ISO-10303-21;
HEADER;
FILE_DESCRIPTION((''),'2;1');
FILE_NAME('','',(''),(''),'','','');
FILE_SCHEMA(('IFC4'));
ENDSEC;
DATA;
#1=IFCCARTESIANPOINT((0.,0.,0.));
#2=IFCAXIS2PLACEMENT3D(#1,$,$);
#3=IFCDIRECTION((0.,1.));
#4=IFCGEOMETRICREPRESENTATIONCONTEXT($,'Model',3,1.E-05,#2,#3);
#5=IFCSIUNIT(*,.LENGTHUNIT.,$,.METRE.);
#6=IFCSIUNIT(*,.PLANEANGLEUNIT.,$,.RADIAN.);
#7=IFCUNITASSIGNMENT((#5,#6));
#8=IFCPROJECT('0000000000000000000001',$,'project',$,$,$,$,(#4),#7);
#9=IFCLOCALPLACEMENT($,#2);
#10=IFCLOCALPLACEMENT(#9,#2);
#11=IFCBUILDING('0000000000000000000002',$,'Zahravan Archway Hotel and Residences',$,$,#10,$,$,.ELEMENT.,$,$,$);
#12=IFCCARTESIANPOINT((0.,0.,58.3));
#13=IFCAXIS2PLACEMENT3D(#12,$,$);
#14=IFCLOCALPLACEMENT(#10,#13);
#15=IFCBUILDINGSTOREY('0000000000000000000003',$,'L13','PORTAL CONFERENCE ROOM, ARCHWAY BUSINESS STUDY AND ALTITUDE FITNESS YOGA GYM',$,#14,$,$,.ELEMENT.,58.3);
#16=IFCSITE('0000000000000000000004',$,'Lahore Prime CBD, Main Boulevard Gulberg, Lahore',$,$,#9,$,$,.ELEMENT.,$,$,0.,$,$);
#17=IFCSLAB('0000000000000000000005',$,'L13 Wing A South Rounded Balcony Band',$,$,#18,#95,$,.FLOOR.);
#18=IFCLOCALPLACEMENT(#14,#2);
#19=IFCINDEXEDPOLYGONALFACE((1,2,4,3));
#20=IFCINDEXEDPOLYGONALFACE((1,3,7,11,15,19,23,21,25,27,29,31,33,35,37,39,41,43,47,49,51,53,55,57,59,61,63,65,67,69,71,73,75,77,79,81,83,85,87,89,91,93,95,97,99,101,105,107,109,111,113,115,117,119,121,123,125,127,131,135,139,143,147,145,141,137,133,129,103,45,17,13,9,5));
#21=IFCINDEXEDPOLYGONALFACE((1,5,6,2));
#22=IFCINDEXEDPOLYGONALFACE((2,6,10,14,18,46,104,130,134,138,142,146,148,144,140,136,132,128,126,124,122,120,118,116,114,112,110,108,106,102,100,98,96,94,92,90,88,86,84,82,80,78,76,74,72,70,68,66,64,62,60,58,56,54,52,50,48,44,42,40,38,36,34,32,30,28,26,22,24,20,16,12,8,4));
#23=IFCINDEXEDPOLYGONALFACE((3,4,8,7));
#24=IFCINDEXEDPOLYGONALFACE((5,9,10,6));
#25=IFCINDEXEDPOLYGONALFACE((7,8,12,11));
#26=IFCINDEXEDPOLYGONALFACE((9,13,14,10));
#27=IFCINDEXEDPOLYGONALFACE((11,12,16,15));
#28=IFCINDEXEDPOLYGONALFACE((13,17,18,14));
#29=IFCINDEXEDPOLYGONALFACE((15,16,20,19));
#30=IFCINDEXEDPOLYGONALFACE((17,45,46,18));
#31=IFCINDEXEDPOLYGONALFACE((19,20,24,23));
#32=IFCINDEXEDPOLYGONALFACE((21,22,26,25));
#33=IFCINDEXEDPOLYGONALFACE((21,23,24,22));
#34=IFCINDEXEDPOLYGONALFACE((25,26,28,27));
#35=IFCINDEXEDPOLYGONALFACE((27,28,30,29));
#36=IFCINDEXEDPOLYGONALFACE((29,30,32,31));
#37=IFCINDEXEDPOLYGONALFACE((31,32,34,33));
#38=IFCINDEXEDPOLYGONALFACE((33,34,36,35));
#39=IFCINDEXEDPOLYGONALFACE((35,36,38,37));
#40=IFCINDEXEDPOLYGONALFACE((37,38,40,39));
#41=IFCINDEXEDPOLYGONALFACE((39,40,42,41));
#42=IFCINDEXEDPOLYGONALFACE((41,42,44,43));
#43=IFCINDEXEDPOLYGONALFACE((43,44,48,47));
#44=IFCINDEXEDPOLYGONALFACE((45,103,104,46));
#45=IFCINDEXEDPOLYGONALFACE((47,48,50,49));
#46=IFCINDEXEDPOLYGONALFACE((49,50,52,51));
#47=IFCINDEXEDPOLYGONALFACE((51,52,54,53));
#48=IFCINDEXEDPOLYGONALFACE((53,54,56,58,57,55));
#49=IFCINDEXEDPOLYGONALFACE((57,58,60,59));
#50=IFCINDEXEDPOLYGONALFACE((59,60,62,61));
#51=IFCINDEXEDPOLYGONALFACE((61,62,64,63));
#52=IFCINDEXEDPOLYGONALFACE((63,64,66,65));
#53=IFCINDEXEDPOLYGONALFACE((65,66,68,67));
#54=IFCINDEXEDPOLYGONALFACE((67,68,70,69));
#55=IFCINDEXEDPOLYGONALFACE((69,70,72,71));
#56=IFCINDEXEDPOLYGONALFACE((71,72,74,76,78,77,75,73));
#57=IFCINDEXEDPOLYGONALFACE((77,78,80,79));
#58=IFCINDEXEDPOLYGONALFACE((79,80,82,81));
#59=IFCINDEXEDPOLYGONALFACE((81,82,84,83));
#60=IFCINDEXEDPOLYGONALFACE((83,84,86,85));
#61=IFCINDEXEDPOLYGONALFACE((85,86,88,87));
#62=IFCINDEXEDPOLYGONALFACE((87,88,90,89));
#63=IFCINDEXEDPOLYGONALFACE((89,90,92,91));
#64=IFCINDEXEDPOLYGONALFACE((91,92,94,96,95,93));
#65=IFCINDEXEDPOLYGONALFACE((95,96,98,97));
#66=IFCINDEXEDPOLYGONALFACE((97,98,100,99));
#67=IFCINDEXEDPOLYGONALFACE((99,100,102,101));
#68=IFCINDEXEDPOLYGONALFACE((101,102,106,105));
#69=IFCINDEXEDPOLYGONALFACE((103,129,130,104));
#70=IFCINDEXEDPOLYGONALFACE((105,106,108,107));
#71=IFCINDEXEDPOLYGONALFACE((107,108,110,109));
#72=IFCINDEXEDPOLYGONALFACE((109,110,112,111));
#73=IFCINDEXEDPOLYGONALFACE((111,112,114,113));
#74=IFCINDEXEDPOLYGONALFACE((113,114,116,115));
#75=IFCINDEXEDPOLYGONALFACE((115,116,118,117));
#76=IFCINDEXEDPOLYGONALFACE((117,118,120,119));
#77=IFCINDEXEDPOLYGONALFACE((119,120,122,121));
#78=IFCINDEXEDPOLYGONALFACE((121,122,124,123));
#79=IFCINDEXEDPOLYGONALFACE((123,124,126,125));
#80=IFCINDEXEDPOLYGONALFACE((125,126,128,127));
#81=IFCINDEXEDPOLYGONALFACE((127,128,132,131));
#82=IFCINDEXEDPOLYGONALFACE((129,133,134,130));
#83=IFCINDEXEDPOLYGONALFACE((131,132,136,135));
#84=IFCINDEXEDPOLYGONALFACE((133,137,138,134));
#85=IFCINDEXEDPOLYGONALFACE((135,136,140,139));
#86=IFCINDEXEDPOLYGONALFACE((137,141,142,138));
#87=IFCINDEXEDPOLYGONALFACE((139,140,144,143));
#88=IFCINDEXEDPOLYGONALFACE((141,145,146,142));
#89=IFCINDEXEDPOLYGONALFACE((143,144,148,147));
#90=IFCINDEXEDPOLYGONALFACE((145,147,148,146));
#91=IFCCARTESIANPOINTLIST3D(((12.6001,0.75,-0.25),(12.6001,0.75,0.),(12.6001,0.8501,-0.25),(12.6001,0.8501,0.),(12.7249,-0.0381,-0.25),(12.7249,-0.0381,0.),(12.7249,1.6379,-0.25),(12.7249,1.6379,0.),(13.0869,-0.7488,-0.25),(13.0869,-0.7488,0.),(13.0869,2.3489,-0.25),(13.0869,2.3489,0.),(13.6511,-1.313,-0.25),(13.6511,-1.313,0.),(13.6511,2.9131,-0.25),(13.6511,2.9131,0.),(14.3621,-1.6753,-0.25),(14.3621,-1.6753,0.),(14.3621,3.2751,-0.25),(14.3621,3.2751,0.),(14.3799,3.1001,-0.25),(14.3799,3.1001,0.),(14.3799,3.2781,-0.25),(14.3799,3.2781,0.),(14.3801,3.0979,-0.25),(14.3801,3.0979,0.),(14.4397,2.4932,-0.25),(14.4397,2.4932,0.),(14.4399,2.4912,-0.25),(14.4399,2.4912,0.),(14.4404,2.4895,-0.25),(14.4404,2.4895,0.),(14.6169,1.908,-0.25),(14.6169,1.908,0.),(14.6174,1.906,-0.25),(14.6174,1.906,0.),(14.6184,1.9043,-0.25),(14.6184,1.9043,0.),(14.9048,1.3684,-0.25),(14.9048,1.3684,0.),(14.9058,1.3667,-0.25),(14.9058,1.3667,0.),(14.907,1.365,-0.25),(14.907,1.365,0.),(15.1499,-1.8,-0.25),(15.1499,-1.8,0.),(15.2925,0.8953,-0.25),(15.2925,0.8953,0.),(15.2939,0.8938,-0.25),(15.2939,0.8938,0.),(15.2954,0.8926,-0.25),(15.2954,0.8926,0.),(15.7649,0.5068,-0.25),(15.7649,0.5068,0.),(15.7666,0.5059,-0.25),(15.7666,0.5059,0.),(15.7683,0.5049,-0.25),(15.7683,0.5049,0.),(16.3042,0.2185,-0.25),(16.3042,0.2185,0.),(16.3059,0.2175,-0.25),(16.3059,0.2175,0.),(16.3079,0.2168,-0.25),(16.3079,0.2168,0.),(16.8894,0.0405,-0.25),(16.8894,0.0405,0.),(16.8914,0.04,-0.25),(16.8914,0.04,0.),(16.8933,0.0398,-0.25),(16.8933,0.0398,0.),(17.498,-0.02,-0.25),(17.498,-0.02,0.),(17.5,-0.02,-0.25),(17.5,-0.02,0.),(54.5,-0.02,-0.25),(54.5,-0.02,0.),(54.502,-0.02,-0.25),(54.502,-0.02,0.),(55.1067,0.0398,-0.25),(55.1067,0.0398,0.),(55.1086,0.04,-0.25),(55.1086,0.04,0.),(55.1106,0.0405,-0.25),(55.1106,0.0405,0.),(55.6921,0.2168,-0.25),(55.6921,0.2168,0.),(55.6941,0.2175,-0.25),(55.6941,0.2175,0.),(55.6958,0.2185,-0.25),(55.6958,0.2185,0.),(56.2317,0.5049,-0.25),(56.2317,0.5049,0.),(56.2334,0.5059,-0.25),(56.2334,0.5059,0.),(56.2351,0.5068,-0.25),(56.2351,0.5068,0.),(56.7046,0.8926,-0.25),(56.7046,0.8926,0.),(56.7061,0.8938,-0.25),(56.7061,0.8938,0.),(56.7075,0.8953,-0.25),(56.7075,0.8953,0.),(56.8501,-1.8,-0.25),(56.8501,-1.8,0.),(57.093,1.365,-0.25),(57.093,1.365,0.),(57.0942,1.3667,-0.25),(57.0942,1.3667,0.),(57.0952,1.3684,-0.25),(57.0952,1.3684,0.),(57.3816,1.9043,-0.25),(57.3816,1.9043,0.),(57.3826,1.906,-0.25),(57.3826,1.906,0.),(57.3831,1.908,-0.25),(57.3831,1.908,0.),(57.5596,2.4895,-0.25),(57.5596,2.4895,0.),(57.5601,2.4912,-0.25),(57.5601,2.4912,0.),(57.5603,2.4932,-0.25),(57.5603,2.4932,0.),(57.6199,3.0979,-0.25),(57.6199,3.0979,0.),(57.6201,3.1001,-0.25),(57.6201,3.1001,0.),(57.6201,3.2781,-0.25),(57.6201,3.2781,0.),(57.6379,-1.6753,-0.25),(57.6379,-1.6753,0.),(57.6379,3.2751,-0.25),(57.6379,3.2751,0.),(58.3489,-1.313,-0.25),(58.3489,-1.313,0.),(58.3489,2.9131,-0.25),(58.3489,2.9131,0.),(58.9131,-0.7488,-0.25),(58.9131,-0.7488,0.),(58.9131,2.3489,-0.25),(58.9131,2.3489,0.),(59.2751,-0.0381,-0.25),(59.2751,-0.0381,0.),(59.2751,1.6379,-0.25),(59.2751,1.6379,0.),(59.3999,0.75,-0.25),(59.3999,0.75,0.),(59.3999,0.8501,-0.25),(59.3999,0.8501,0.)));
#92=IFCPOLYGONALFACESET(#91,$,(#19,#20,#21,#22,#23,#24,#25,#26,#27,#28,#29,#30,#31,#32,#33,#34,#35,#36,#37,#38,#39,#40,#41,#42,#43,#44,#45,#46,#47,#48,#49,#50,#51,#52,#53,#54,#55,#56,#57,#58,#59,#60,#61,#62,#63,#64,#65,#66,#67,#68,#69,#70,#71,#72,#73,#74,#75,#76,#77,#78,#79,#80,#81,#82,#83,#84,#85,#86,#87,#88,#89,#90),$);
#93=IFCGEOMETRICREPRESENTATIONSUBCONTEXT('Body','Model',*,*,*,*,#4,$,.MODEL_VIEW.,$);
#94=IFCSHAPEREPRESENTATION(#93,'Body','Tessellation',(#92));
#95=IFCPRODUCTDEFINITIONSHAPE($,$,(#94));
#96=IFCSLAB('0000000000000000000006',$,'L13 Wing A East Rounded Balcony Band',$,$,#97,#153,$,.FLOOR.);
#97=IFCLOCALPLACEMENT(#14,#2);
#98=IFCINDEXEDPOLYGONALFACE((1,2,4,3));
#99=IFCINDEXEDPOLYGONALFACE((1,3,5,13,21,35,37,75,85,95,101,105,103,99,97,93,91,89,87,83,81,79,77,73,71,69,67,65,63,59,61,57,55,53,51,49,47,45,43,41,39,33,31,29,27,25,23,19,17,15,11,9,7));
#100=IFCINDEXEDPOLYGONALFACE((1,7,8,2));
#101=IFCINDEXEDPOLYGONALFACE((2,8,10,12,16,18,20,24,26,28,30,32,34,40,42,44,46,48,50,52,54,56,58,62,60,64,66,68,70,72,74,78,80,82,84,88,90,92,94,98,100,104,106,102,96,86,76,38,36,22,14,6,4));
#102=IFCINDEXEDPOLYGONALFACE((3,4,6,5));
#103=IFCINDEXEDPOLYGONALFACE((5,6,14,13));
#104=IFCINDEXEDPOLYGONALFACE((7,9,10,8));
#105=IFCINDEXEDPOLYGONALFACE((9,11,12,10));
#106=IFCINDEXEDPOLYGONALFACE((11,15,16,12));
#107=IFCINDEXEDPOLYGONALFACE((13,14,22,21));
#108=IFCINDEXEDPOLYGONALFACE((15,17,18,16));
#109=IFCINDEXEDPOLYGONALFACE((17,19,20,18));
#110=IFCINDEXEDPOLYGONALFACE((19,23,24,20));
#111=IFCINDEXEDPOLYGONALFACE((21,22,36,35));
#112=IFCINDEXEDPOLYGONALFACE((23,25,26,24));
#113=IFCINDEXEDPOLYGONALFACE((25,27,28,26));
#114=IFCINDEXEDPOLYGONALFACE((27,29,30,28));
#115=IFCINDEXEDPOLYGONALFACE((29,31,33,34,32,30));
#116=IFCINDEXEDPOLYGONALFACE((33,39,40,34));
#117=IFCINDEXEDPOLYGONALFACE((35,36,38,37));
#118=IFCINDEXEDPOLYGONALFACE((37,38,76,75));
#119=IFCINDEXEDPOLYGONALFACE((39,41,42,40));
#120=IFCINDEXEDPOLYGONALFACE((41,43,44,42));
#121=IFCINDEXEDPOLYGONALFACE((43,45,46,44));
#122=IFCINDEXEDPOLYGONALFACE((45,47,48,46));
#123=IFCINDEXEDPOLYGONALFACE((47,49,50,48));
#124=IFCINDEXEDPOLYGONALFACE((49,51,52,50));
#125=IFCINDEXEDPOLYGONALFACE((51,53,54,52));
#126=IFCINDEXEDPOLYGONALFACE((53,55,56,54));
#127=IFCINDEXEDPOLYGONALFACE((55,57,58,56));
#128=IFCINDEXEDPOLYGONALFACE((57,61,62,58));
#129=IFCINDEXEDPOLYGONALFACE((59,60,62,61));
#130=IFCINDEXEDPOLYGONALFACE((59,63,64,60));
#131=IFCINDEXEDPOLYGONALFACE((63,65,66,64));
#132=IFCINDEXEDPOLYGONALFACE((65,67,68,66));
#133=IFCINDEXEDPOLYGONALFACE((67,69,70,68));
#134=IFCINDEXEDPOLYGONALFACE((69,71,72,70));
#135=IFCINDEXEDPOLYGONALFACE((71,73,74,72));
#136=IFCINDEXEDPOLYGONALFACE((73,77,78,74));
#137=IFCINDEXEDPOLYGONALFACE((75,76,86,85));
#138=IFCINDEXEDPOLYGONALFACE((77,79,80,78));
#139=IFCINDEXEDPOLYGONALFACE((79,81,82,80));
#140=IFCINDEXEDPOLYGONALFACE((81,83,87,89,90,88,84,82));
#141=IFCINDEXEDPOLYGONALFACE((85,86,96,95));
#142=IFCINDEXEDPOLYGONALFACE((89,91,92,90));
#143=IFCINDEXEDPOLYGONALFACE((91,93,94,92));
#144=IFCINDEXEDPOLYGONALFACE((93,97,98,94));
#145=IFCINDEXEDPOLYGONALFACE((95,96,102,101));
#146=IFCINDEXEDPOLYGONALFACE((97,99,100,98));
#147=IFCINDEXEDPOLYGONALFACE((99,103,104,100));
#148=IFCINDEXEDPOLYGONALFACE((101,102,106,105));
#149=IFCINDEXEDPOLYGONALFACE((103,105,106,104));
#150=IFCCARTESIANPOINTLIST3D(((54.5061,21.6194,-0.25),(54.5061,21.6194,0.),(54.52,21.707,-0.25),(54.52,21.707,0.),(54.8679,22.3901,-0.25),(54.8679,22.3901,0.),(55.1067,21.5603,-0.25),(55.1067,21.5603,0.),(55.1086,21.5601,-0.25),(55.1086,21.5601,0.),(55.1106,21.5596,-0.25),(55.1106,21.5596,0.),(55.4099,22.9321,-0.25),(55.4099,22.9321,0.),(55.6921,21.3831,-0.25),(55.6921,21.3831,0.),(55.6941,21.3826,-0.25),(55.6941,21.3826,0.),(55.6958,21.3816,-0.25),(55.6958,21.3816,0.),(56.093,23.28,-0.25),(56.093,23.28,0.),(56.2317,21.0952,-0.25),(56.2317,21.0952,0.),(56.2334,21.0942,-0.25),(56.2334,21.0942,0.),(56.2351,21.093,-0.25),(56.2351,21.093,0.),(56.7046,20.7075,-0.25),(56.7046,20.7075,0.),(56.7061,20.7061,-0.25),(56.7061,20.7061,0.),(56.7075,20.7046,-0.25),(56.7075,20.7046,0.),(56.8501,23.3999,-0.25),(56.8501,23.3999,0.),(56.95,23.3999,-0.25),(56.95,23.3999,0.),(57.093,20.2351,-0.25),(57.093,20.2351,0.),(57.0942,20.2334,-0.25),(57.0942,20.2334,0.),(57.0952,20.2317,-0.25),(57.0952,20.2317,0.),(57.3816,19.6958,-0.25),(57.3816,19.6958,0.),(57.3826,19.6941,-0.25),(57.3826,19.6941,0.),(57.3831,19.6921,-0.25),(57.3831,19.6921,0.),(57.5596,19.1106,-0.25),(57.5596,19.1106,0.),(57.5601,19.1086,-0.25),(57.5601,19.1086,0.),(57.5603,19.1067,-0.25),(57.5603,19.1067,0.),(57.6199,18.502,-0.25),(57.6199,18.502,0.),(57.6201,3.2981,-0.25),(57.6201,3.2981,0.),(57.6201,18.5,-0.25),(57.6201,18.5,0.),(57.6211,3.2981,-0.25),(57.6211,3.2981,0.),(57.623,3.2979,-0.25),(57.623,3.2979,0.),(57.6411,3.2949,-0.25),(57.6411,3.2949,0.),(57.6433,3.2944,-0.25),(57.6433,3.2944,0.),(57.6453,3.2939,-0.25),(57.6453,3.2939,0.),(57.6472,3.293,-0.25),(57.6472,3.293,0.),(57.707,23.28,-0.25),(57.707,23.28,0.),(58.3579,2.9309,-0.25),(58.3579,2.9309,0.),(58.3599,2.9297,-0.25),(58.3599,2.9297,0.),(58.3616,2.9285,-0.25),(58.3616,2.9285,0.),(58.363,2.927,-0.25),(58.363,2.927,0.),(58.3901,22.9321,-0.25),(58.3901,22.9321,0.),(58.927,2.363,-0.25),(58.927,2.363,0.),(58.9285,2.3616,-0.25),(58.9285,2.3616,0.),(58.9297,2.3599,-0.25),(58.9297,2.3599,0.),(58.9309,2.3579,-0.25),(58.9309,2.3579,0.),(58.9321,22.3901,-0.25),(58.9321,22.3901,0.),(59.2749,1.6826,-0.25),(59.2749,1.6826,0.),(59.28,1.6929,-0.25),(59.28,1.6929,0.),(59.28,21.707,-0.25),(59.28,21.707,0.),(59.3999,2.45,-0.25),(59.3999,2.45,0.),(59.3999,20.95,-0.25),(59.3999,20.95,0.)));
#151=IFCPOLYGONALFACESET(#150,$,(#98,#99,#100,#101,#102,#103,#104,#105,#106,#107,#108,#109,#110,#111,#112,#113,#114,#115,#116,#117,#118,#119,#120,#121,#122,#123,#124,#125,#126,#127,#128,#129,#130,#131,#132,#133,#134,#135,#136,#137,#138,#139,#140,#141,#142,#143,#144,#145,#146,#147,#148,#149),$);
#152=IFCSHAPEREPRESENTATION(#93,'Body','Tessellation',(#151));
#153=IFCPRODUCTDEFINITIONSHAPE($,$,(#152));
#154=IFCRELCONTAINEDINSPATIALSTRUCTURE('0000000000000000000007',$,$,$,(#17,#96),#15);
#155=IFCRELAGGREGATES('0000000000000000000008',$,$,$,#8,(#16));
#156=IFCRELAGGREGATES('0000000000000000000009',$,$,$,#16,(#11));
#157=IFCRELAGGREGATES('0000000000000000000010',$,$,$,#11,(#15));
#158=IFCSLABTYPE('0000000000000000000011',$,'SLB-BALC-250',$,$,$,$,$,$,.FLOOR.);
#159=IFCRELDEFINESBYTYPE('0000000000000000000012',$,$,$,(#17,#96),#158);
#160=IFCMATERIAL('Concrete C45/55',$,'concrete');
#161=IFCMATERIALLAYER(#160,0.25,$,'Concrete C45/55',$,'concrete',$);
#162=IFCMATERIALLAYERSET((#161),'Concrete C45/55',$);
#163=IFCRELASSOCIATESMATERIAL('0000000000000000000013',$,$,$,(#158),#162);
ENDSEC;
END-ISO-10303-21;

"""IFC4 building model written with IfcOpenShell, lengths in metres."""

from ifc_helpers import new_model, si_unit, direction, frame, origin, place, context, subcontext, project, spatial, polyline, outline, extrude, material, layer, layer_set, type_object, element, save


model = new_model("IFC4")

# Units and contexts
model_context = context("Model", 3, precision=1e-05, world=origin(), true_north=direction((0.0, 1.0)))
body_context = subcontext(model_context, "Body", "Model", "MODEL_VIEW")
ifc_project = project(units=[si_unit("LENGTHUNIT", "METRE"), si_unit("PLANEANGLEUNIT", "RADIAN")], contexts=[model_context])

# Site, building, storey
site_placement = place(None, origin())
site = spatial("IfcSite", under=ifc_project, at=site_placement, Name="Lahore Prime CBD, Main Boulevard Gulberg, Lahore", CompositionType="ELEMENT", RefElevation=0.0)
building_placement = place(site_placement, origin())
building = spatial("IfcBuilding", under=site, at=building_placement, Name="Zahravan Archway Hotel and Residences", CompositionType="ELEMENT")
storey_placement = place(building_placement, frame((0.0, 0.0, 58.3)))
storey = spatial("IfcBuildingStorey", under=building, at=storey_placement, Name="L13", Description="PORTAL CONFERENCE ROOM, ARCHWAY BUSINESS STUDY AND ALTITUDE FITNESS YOGA GYM", CompositionType="ELEMENT", Elevation=58.3)

# Slabs
ifc_material_1 = material(Name="Concrete C45/55", Category="concrete")
ifc_layer_1 = layer(ifc_material_1, 0.25, Name="Concrete C45/55", Category="concrete")
ifc_layer_set_1 = layer_set([ifc_layer_1], Name="Concrete C45/55")
slab_type_1 = type_object("IfcSlabType", Name="SLB-BALC-250", PredefinedType="FLOOR", material=ifc_layer_set_1)
slab_1_placement = place(storey_placement, frame((0.0, 0.0, -0.25)))
element("IfcSlab", 1, at=slab_1_placement, inside=storey, type_object=slab_type_1, Name="L13 Wing A South Rounded Balcony Band", PredefinedType="FLOOR", context=body_context, shape_type="SweptSolid", body=[
    extrude(outline(polyline([(57.6379, 3.2751), (58.3489, 2.9131), (58.9131, 2.3489), (59.2751, 1.6379), (59.3999, 0.8501), (59.3999, 0.75), (59.2751, -0.0381), (58.9131, -0.7488), (58.3489, -1.313), (57.6379, -1.6753), (56.8501, -1.8), (15.1499, -1.8), (14.3621, -1.6753), (13.6511, -1.313), (13.0869, -0.7488), (12.7249, -0.0381), (12.6001, 0.75), (12.6001, 0.8501), (12.7249, 1.6379), (13.0869, 2.3489), (13.6511, 2.9131), (14.3621, 3.2751), (14.3799, 3.2781), (14.3799, 3.1001), (14.3801, 3.0979), (14.4397, 2.4932), (14.4399, 2.4912), (14.4404, 2.4895), (14.6169, 1.908), (14.6174, 1.906), (14.6184, 1.9043), (14.9048, 1.3684), (14.9058, 1.3667), (14.907, 1.365), (15.2925, 0.8953), (15.2939, 0.8938), (15.2954, 0.8926), (15.7649, 0.5068), (15.7666, 0.5059), (15.7683, 0.5049), (16.3042, 0.2185), (16.3059, 0.2175), (16.3079, 0.2168), (16.8894, 0.0405), (16.8914, 0.04), (16.8933, 0.0398), (17.498, -0.02), (17.5, -0.02), (54.5, -0.02), (54.502, -0.02), (55.1067, 0.0398), (55.1086, 0.04), (55.1106, 0.0405), (55.6921, 0.2168), (55.6941, 0.2175), (55.6958, 0.2185), (56.2317, 0.5049), (56.2334, 0.5059), (56.2351, 0.5068), (56.7046, 0.8926), (56.7061, 0.8938), (56.7075, 0.8953), (57.093, 1.365), (57.0942, 1.3667), (57.0952, 1.3684), (57.3816, 1.9043), (57.3826, 1.906), (57.3831, 1.908), (57.5596, 2.4895), (57.5601, 2.4912), (57.5603, 2.4932), (57.6199, 3.0979), (57.6201, 3.1001), (57.6201, 3.2781), (57.6379, 3.2751)])), origin(), (0.0, 0.0, 1.0), 0.25),
])
slab_2_placement = place(storey_placement, frame((0.0, 0.0, -0.25)))
element("IfcSlab", 2, at=slab_2_placement, inside=storey, type_object=slab_type_1, Name="L13 Wing A East Rounded Balcony Band", PredefinedType="FLOOR", context=body_context, shape_type="SweptSolid", body=[
    extrude(outline(polyline([(54.52, 21.707), (54.8679, 22.3901), (55.4099, 22.9321), (56.093, 23.28), (56.8501, 23.3999), (56.95, 23.3999), (57.707, 23.28), (58.3901, 22.9321), (58.9321, 22.3901), (59.28, 21.707), (59.3999, 20.95), (59.3999, 2.45), (59.28, 1.6929), (59.2749, 1.6826), (58.9309, 2.3579), (58.9297, 2.3599), (58.9285, 2.3616), (58.927, 2.363), (58.363, 2.927), (58.3616, 2.9285), (58.3599, 2.9297), (58.3579, 2.9309), (57.6472, 3.293), (57.6453, 3.2939), (57.6433, 3.2944), (57.6411, 3.2949), (57.623, 3.2979), (57.6211, 3.2981), (57.6201, 3.2981), (57.6201, 18.5), (57.6199, 18.502), (57.5603, 19.1067), (57.5601, 19.1086), (57.5596, 19.1106), (57.3831, 19.6921), (57.3826, 19.6941), (57.3816, 19.6958), (57.0952, 20.2317), (57.0942, 20.2334), (57.093, 20.2351), (56.7075, 20.7046), (56.7061, 20.7061), (56.7046, 20.7075), (56.2351, 21.093), (56.2334, 21.0942), (56.2317, 21.0952), (55.6958, 21.3816), (55.6941, 21.3826), (55.6921, 21.3831), (55.1106, 21.5596), (55.1086, 21.5601), (55.1067, 21.5603), (54.5061, 21.6194), (54.52, 21.707)])), origin(), (0.0, 0.0, 1.0), 0.25),
])

save(model, "model.ifc")
